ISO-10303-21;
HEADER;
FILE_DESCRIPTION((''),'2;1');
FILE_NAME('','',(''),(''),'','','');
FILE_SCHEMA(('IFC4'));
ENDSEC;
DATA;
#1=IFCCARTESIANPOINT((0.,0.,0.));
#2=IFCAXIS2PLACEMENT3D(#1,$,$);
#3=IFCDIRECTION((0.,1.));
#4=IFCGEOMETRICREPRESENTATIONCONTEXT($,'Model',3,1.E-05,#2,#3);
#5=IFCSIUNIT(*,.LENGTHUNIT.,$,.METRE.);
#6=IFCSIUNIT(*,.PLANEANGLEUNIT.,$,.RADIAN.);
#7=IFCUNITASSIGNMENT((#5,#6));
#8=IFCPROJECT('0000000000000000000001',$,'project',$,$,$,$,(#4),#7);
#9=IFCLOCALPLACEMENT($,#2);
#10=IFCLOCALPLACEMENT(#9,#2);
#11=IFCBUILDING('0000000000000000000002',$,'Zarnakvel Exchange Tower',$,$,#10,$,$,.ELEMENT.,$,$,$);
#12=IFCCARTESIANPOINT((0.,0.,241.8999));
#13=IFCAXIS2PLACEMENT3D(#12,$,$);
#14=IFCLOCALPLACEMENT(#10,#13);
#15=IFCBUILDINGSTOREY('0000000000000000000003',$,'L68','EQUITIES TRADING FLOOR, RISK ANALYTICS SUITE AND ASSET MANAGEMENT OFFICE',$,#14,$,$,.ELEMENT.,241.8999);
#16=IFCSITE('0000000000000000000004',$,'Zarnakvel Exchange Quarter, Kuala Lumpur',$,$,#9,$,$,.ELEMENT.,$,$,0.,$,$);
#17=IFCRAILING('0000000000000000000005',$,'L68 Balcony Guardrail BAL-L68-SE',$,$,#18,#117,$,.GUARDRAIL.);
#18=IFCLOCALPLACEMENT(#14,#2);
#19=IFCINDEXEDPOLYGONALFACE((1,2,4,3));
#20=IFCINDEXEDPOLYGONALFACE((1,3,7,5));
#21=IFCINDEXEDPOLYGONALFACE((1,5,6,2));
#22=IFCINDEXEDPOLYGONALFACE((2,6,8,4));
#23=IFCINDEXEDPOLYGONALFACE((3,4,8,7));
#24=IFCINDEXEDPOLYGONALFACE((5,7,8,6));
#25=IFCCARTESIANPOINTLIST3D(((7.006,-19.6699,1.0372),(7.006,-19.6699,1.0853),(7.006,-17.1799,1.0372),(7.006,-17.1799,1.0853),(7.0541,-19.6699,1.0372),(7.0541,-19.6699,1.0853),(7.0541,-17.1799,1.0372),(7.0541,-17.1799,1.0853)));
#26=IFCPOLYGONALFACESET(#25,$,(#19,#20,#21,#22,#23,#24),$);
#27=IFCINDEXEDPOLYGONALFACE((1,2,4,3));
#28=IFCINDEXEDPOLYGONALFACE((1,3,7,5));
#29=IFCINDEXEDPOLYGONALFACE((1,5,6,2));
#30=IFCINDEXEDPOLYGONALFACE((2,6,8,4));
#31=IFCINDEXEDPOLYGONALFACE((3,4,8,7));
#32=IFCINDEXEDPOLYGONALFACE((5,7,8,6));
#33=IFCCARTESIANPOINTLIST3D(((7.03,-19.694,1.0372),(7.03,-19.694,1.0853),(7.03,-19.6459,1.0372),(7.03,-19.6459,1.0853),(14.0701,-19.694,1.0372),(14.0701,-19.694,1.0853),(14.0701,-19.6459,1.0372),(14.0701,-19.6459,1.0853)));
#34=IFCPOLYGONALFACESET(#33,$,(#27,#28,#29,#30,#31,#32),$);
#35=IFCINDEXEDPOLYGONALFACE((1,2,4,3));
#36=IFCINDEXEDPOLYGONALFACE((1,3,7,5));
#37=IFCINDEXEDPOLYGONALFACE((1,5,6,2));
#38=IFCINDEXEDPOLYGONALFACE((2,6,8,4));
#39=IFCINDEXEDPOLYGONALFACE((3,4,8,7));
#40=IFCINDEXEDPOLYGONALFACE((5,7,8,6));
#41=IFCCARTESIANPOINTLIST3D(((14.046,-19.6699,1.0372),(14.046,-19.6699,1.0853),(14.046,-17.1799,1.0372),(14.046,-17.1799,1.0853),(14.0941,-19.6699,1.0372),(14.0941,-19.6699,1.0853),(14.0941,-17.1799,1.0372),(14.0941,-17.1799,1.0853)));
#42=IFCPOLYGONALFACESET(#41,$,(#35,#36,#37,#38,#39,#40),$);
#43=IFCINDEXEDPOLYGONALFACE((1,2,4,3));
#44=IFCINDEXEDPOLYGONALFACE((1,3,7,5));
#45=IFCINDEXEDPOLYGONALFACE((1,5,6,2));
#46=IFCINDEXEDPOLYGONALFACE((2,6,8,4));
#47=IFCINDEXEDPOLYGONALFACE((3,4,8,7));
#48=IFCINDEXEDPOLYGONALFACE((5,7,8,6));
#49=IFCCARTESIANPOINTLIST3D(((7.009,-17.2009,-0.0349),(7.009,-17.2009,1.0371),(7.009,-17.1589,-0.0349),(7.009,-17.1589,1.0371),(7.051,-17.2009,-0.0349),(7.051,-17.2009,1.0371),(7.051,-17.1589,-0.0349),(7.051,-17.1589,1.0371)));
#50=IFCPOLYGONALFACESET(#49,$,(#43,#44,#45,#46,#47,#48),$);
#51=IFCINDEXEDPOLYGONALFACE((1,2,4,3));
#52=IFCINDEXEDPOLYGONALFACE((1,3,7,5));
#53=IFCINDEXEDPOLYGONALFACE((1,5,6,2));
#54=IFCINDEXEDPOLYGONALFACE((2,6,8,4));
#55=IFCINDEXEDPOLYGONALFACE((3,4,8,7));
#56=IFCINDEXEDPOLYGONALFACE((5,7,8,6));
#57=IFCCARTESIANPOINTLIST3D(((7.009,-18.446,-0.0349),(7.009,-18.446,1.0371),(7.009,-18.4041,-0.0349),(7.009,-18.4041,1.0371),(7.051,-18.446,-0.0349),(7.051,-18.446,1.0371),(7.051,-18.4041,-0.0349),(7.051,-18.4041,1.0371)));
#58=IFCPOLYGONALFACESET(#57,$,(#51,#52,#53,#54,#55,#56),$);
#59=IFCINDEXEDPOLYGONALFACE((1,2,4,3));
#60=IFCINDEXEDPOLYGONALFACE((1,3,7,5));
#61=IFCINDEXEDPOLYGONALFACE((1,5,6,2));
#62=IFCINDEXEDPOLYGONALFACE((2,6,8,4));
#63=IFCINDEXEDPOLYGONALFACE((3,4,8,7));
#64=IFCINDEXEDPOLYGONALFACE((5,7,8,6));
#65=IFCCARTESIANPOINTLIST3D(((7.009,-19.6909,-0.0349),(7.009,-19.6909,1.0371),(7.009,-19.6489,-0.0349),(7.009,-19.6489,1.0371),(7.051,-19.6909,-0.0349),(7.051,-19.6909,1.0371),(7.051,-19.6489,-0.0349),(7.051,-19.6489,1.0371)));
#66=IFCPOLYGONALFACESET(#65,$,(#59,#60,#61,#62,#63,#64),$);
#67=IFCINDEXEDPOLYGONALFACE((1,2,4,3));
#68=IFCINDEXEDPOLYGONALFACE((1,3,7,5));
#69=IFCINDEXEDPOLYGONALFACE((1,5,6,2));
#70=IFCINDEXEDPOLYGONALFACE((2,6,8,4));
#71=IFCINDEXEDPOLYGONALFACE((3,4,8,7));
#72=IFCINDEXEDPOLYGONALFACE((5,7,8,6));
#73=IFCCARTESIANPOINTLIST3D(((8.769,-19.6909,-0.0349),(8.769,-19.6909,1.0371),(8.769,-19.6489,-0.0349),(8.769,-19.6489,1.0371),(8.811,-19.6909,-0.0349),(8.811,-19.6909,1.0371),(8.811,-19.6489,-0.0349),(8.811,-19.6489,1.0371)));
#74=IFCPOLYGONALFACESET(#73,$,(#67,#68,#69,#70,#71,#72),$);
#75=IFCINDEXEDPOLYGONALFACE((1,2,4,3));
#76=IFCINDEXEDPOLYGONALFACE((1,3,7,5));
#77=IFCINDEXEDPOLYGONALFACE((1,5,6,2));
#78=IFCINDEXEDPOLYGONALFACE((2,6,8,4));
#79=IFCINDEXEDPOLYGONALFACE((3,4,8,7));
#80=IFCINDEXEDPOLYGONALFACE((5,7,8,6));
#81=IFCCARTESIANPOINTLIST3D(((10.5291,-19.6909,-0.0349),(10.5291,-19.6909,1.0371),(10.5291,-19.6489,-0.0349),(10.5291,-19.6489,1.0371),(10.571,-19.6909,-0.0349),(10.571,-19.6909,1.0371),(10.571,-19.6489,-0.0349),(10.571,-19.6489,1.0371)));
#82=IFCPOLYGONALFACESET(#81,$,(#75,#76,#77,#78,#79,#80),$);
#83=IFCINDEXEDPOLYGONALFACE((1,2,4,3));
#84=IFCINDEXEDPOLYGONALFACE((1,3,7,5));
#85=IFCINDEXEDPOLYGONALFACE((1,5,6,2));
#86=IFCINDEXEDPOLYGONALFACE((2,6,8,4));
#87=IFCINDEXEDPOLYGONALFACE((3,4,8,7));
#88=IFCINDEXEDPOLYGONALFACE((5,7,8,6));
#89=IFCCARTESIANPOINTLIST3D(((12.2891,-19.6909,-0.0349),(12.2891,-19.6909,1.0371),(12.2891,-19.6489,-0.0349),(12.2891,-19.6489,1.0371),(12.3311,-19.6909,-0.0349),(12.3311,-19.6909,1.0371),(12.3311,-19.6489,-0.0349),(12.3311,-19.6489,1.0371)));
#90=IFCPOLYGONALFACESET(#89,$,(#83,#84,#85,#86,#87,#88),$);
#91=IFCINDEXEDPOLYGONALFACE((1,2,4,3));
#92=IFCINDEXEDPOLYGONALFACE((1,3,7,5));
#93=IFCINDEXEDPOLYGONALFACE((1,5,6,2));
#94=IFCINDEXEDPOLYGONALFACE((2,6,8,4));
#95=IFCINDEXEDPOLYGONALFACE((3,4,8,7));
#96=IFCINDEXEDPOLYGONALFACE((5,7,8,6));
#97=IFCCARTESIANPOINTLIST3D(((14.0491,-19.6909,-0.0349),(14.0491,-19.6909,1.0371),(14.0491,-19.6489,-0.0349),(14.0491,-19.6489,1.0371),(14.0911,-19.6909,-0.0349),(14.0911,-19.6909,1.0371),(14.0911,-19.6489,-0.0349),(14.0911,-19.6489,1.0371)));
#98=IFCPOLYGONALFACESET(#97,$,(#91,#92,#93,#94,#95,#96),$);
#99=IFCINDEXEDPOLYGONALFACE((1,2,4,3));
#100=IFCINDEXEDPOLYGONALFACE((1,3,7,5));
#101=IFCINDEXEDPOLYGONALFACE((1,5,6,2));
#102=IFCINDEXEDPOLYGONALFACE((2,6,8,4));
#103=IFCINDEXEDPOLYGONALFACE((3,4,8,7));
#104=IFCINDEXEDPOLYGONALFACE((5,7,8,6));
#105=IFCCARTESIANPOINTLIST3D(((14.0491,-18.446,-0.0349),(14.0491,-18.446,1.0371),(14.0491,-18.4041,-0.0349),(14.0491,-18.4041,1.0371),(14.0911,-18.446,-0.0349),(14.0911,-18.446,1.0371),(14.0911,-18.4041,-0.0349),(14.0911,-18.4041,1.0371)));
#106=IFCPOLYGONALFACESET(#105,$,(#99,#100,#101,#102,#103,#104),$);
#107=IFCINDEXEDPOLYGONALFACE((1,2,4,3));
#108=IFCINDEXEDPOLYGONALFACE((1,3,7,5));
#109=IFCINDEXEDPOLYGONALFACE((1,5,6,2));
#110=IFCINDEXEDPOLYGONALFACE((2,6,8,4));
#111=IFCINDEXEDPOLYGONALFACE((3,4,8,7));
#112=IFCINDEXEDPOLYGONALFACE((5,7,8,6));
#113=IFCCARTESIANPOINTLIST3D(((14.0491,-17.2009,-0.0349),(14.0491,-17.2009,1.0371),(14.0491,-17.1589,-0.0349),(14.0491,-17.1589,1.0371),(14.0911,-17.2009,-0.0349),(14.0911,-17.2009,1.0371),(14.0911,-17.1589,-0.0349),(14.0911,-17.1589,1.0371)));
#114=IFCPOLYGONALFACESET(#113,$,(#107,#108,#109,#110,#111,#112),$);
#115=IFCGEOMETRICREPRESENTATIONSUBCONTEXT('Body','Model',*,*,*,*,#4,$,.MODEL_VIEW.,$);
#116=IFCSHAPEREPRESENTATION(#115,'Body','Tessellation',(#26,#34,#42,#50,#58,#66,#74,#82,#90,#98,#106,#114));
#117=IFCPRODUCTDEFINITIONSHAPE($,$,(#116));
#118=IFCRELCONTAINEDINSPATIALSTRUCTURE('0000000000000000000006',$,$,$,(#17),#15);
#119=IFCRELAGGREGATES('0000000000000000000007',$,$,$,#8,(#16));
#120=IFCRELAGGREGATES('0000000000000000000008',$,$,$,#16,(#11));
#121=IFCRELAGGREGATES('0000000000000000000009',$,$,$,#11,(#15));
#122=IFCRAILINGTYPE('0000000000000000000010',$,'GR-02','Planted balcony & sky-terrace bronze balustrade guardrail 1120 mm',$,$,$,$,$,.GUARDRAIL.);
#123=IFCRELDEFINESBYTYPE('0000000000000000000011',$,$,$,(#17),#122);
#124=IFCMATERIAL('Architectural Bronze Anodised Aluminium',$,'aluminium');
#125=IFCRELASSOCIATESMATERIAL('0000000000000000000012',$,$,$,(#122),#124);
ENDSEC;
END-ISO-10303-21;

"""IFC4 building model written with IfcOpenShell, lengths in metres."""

from ifc_helpers import new_model, si_unit, direction, frame, origin, origin_2d, place, context, subcontext, project, spatial, rectangle, extrude, material, type_object, element, save


model = new_model("IFC4")

# Units and contexts
model_context = context("Model", 3, precision=1e-05, world=origin(), true_north=direction((0.0, 1.0)))
body_context = subcontext(model_context, "Body", "Model", "MODEL_VIEW")
ifc_project = project(units=[si_unit("LENGTHUNIT", "METRE"), si_unit("PLANEANGLEUNIT", "RADIAN")], contexts=[model_context])

# Site, building, storey
site_placement = place(None, origin())
site = spatial("IfcSite", under=ifc_project, at=site_placement, Name="Zarnakvel Exchange Quarter, Kuala Lumpur", CompositionType="ELEMENT", RefElevation=0.0)
building_placement = place(site_placement, origin())
building = spatial("IfcBuilding", under=site, at=building_placement, Name="Zarnakvel Exchange Tower", CompositionType="ELEMENT")
storey_placement = place(building_placement, frame((0.0, 0.0, 241.8999)))
storey = spatial("IfcBuildingStorey", under=building, at=storey_placement, Name="L68", Description="EQUITIES TRADING FLOOR, RISK ANALYTICS SUITE AND ASSET MANAGEMENT OFFICE", CompositionType="ELEMENT", Elevation=241.8999)

# Shared definitions
ifc_material_1 = material(Name="Architectural Bronze Anodised Aluminium", Category="aluminium")

# Railing
railing_type = type_object("IfcRailingType", Name="GR-02", Description="Planted balcony & sky-terrace bronze balustrade guardrail 1120 mm", PredefinedType="GUARDRAIL", material=ifc_material_1)
railing_placement = place(storey_placement, frame((7.03, -17.1799, -0.0349)))
element("IfcRailing", 1, at=railing_placement, inside=storey, type_object=railing_type, Name="L68 Balcony Guardrail BAL-L68-SE", PredefinedType="GUARDRAIL", context=body_context, shape_type="SweptSolid", body=[
    extrude(rectangle(XDim=0.0481, YDim=0.0481, at=origin_2d()), frame((0.0, 0.0, 1.0962), z_axis=(0.0, -1.0, 0.0), x_axis=(1.0, 0.0, 0.0)), (0.0, 0.0, 1.0), 2.49),
    extrude(rectangle(XDim=0.0481, YDim=0.0481, at=origin_2d()), frame((0.0, -2.49, 1.0962), z_axis=(1.0, 0.0, 0.0), x_axis=(0.0, 1.0, 0.0)), (0.0, 0.0, 1.0), 7.04),
    extrude(rectangle(XDim=0.0481, YDim=0.0481, at=origin_2d()), frame((7.04, -2.49, 1.0962), z_axis=(0.0, 1.0, 0.0), x_axis=(-1.0, 0.0, 0.0)), (0.0, 0.0, 1.0), 2.49),
    extrude(rectangle(XDim=0.042, YDim=0.042, at=origin_2d()), origin(), (0.0, 0.0, 1.0), 1.072),
    extrude(rectangle(XDim=0.042, YDim=0.042, at=origin_2d()), frame((0.0, -1.2451, 0.0)), (0.0, 0.0, 1.0), 1.072),
    extrude(rectangle(XDim=0.042, YDim=0.042, at=origin_2d()), frame((0.0, -2.49, 0.0)), (0.0, 0.0, 1.0), 1.072),
    extrude(rectangle(XDim=0.042, YDim=0.042, at=origin_2d()), frame((1.76, -2.49, 0.0)), (0.0, 0.0, 1.0), 1.072),
    extrude(rectangle(XDim=0.042, YDim=0.042, at=origin_2d()), frame((3.52, -2.49, 0.0)), (0.0, 0.0, 1.0), 1.072),
    extrude(rectangle(XDim=0.042, YDim=0.042, at=origin_2d()), frame((5.28, -2.49, 0.0)), (0.0, 0.0, 1.0), 1.072),
    extrude(rectangle(XDim=0.042, YDim=0.042, at=origin_2d()), frame((7.04, -2.49, 0.0)), (0.0, 0.0, 1.0), 1.072),
    extrude(rectangle(XDim=0.042, YDim=0.042, at=origin_2d()), frame((7.04, -1.2451, 0.0)), (0.0, 0.0, 1.0), 1.072),
    extrude(rectangle(XDim=0.042, YDim=0.042, at=origin_2d()), frame((7.04, 0.0, 0.0)), (0.0, 0.0, 1.0), 1.072),
])

save(model, "model.ifc")
